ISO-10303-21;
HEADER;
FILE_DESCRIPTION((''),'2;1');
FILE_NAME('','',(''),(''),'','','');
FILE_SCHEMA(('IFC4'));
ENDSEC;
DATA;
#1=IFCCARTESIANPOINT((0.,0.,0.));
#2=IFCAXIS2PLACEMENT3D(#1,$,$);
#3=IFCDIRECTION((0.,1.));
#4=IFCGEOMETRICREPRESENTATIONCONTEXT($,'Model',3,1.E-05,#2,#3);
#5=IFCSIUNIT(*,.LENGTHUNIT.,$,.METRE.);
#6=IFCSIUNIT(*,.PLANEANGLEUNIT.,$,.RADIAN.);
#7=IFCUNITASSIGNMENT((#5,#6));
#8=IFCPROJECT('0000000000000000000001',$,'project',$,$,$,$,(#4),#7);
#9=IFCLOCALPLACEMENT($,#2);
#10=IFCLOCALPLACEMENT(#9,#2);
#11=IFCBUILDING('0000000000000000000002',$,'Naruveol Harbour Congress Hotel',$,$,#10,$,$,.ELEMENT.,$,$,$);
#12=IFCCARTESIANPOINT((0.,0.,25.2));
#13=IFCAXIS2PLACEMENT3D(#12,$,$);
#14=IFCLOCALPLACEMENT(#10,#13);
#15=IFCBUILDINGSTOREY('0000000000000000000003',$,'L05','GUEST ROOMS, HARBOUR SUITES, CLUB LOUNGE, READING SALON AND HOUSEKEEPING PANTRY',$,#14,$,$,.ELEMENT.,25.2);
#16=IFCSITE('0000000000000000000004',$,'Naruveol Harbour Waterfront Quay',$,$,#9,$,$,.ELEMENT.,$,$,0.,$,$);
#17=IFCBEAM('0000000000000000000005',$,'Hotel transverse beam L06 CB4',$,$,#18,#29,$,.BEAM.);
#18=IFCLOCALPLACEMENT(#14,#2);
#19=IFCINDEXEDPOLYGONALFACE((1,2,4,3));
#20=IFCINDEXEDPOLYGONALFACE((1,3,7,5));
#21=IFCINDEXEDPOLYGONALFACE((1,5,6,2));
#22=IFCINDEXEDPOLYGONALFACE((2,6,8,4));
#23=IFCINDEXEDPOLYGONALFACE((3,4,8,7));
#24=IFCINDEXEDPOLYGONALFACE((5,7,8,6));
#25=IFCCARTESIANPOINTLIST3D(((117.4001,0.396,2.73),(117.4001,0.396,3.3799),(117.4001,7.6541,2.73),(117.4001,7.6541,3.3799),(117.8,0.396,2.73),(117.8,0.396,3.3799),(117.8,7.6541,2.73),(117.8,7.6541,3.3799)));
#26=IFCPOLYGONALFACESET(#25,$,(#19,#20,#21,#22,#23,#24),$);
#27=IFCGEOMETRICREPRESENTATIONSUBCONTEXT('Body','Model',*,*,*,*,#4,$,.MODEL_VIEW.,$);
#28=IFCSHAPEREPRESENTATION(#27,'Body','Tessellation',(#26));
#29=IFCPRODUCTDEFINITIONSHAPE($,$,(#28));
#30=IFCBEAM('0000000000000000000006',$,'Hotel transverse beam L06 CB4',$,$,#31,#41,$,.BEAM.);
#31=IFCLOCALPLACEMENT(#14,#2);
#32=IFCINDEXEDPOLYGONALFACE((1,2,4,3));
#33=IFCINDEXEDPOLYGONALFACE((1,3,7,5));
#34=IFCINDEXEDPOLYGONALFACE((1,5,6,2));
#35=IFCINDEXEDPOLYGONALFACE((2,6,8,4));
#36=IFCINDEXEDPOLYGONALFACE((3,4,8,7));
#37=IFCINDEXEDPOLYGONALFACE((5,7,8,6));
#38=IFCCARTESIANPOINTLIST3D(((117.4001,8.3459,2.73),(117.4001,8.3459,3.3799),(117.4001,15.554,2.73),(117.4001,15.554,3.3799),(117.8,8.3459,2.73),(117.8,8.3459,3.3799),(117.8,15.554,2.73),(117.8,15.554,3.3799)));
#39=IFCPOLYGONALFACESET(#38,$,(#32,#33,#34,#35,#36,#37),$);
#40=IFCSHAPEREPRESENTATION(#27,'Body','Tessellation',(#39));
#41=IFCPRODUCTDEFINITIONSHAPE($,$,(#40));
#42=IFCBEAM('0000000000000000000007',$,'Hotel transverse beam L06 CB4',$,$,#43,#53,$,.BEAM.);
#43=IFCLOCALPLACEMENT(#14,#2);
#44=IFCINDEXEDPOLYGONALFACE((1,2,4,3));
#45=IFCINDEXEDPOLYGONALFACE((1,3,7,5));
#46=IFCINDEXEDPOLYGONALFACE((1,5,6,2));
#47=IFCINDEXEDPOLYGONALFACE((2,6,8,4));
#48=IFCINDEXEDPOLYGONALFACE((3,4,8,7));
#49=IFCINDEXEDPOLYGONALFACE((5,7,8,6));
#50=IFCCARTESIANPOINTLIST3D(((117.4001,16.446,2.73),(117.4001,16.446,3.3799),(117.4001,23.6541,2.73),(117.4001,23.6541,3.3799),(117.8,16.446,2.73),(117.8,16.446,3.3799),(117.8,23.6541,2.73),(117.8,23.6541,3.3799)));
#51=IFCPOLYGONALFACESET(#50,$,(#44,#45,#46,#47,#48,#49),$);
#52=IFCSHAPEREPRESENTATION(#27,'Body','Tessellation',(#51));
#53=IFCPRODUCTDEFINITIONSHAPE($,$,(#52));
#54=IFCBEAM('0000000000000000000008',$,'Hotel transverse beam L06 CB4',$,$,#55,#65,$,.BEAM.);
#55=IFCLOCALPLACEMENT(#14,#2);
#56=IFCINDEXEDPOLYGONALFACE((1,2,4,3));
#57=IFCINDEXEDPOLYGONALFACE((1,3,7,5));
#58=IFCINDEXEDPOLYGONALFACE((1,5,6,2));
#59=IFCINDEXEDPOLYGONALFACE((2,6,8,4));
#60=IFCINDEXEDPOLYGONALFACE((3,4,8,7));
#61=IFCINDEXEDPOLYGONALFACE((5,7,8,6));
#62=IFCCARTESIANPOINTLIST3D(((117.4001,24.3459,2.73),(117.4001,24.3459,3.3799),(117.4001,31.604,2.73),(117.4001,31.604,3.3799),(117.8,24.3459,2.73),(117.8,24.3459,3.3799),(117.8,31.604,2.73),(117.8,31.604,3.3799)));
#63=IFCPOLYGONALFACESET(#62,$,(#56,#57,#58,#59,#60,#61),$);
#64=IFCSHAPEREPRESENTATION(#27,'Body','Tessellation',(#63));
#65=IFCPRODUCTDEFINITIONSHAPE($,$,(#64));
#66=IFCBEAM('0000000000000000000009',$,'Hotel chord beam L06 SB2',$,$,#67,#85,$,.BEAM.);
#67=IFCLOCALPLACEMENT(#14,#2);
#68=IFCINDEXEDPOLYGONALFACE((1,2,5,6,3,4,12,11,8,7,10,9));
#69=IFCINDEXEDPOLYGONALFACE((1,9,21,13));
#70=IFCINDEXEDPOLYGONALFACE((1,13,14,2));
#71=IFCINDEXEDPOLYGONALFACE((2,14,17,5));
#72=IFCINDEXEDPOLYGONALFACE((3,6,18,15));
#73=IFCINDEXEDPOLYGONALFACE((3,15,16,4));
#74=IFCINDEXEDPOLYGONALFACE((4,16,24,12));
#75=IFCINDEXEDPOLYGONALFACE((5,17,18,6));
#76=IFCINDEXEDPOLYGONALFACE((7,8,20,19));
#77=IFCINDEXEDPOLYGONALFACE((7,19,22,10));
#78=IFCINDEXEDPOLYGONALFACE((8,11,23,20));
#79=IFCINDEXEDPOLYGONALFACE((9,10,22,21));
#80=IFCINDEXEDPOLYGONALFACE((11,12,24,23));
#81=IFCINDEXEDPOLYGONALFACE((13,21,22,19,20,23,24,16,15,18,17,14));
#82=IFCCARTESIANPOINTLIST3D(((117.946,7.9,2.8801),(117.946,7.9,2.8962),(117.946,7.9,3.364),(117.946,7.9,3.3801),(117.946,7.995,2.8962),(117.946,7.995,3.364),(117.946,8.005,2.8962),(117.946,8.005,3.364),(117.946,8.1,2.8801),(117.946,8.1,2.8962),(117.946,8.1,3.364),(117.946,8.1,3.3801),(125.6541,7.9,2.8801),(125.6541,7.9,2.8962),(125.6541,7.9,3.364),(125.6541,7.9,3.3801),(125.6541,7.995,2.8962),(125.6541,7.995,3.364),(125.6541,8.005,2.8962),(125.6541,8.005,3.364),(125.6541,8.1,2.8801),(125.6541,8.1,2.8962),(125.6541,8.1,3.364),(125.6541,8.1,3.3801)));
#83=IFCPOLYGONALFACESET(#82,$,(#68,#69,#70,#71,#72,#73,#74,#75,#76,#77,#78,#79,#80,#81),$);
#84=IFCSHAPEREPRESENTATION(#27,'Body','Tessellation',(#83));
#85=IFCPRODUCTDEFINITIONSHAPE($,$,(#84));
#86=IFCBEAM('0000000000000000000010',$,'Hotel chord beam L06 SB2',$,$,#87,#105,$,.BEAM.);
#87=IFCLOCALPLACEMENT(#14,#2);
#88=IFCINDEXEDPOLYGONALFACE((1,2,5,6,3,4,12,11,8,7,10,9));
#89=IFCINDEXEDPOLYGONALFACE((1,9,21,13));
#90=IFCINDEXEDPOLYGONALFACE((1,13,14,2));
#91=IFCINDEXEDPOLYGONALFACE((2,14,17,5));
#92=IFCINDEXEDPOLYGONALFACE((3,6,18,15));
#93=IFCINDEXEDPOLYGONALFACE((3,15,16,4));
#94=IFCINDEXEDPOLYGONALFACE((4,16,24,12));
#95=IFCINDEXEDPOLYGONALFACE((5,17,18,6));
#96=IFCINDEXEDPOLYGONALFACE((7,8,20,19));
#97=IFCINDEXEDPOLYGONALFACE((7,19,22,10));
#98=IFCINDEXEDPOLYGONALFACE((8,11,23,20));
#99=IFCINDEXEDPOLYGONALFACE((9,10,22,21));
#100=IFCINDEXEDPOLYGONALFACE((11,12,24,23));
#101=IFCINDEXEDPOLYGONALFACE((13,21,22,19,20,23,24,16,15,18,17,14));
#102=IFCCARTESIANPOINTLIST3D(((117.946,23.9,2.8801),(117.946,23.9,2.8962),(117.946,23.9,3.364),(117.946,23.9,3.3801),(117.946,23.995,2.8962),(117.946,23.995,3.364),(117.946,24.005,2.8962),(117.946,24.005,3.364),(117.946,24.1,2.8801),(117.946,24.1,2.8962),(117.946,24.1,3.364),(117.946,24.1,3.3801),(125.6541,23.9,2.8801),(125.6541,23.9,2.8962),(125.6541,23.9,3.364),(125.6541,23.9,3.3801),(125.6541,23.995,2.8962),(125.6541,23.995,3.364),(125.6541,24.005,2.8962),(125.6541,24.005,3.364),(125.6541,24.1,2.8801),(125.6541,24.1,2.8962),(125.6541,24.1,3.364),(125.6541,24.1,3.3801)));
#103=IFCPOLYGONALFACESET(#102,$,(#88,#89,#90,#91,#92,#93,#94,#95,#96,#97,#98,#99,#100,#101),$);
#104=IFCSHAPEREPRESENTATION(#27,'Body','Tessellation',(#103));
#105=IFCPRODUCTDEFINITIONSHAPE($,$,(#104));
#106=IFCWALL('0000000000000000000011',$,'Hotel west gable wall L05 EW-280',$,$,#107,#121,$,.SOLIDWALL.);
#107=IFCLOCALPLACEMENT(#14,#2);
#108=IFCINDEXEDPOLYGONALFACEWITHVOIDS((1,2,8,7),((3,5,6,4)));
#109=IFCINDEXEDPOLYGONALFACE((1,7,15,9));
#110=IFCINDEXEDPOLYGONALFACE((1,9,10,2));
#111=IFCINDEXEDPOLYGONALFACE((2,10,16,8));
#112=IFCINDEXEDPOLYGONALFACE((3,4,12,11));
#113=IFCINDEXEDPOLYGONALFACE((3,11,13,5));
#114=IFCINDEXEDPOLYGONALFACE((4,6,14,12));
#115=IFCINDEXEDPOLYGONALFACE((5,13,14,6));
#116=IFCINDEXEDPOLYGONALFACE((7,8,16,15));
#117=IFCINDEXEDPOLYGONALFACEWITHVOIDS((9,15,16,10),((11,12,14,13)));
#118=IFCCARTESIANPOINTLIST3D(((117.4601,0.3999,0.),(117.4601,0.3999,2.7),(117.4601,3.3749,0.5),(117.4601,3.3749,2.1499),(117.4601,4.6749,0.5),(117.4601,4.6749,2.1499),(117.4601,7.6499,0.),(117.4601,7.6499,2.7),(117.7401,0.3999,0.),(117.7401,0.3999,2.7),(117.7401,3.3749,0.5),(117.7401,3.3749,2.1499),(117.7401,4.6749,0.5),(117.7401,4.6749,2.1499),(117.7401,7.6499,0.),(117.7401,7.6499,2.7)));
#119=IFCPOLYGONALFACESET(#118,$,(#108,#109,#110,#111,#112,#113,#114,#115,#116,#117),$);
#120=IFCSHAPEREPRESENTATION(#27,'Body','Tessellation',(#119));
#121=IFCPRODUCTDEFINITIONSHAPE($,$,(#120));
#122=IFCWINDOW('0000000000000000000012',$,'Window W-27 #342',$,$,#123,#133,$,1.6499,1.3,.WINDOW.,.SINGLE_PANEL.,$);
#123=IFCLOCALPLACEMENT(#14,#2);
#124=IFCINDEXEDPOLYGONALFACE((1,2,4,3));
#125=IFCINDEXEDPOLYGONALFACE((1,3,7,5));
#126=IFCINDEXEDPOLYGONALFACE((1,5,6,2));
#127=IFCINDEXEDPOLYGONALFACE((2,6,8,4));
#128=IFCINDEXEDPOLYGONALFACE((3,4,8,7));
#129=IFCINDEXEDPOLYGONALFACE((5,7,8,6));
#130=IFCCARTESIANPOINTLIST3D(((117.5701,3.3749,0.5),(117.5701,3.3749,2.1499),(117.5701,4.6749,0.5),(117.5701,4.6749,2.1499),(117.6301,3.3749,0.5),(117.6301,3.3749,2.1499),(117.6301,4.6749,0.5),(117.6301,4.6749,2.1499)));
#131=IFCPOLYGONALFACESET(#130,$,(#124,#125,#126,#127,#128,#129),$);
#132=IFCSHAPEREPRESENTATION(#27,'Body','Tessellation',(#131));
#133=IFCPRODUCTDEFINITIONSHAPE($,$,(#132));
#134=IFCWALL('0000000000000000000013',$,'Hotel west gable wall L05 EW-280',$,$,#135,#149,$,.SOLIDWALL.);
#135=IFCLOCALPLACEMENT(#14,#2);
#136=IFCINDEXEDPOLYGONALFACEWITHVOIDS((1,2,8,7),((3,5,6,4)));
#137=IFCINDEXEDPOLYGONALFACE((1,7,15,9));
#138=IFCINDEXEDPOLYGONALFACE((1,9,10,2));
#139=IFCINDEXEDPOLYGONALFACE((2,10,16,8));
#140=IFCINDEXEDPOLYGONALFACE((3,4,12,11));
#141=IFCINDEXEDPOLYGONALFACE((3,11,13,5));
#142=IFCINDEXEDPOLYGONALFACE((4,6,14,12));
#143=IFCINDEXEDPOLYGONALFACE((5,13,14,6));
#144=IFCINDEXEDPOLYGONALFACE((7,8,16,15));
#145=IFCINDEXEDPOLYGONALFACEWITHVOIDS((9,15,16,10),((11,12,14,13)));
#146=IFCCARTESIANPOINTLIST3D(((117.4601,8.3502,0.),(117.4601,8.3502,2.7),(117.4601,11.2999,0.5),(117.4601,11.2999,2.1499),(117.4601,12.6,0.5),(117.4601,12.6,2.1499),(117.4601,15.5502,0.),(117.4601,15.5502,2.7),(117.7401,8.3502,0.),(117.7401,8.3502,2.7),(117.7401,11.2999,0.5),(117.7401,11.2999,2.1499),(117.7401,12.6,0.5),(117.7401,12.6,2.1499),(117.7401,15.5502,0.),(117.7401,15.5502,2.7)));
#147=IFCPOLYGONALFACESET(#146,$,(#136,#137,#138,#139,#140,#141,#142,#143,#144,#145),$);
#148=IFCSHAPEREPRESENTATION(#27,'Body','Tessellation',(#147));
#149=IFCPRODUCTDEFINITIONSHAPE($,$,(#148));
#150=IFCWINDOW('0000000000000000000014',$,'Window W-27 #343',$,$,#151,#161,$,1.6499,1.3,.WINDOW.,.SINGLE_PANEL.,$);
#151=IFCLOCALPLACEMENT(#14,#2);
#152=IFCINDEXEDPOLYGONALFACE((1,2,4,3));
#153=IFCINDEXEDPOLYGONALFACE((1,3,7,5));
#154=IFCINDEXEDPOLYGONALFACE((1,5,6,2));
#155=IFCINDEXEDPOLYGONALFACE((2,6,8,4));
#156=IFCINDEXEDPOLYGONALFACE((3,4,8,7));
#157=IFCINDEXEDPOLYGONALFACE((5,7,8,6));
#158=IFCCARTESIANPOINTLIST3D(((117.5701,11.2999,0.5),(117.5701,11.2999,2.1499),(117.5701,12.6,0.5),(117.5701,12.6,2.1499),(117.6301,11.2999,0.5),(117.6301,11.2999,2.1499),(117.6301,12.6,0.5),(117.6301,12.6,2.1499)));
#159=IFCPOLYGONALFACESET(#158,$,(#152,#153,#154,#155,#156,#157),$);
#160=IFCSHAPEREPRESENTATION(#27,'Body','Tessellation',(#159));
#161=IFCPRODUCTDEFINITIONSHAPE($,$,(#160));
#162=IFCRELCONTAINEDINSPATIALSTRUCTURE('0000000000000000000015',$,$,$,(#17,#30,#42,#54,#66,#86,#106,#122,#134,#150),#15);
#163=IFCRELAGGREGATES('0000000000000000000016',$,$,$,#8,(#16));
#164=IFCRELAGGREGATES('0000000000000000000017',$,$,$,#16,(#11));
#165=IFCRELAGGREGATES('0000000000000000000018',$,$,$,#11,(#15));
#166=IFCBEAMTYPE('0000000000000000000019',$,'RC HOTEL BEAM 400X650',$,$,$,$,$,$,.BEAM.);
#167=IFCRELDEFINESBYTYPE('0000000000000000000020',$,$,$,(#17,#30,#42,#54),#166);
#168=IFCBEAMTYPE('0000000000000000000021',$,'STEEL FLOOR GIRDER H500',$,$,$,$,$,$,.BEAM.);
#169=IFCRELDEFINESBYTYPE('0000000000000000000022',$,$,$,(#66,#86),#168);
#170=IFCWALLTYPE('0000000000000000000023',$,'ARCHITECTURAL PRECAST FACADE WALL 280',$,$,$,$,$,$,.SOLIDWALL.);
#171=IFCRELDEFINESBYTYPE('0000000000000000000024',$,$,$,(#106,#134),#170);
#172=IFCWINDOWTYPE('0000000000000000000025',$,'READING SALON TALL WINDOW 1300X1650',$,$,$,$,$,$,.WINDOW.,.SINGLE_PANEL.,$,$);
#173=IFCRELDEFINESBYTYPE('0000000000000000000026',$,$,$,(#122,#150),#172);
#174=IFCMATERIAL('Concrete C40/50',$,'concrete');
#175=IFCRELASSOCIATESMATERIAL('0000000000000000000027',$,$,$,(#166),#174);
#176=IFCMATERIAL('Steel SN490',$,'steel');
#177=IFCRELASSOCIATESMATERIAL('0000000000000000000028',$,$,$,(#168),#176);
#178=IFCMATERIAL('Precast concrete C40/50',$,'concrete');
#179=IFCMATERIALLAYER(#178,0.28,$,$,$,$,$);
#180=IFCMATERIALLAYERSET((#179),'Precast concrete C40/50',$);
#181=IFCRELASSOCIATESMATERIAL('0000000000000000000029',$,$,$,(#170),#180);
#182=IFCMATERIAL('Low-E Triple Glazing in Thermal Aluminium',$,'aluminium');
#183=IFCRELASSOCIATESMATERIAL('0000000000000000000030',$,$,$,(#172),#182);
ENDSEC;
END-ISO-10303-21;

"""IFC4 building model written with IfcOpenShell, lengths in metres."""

from ifc_helpers import new_model, si_unit, direction, frame, frame_2d, origin, origin_2d, place, context, subcontext, project, spatial, rectangle, i_section, extrude, material, layer, layer_set, material_profile, profile_set, type_object, element, fill, save


model = new_model("IFC4")

# Units and contexts
model_context = context("Model", 3, precision=1e-05, world=origin(), true_north=direction((0.0, 1.0)))
body_context = subcontext(model_context, "Body", "Model", "MODEL_VIEW")
ifc_project = project(units=[si_unit("LENGTHUNIT", "METRE"), si_unit("PLANEANGLEUNIT", "RADIAN")], contexts=[model_context])

# Site, building, storey
site_placement = place(None, origin())
site = spatial("IfcSite", under=ifc_project, at=site_placement, Name="Naruveol Harbour Waterfront Quay", CompositionType="ELEMENT", RefElevation=0.0)
building_placement = place(site_placement, origin())
building = spatial("IfcBuilding", under=site, at=building_placement, Name="Naruveol Harbour Congress Hotel", CompositionType="ELEMENT")
storey_placement = place(building_placement, frame((0.0, 0.0, 25.2)))
storey = spatial("IfcBuildingStorey", under=building, at=storey_placement, Name="L05", Description="GUEST ROOMS, HARBOUR SUITES, CLUB LOUNGE, READING SALON AND HOUSEKEEPING PANTRY", CompositionType="ELEMENT", Elevation=25.2)

# Beams
ifc_material_1 = material(Name="Concrete C40/50", Category="concrete")
ifc_material_profile_1 = material_profile(ifc_material_1, rectangle(XDim=0.3999, YDim=0.6499, at=origin_2d()), Name="RCB-400x650")
ifc_profile_set_1 = profile_set([ifc_material_profile_1], Name="Concrete C40/50")
beam_type_1 = type_object("IfcBeamType", Name="RC HOTEL BEAM 400X650", PredefinedType="BEAM", material=ifc_profile_set_1)
beam_1_placement = place(storey_placement, frame((117.6001, 0.396, 3.0549), z_axis=(0.0, 1.0, 0.0), x_axis=(-1.0, 0.0, 0.0)))
element("IfcBeam", 1, at=beam_1_placement, inside=storey, type_object=beam_type_1, Name="Hotel transverse beam L06 CB4", PredefinedType="BEAM", context=body_context, shape_type="SweptSolid", body=[
    extrude(rectangle(XDim=0.3999, YDim=0.6499, at=origin_2d()), origin(), (0.0, 0.0, 1.0), 7.2581),
])
for number, where, z_axis, x_axis, name in (
    (2, (117.6001, 8.3459, 3.0549), (0.0, 1.0, 0.0), (-1.0, 0.0, 0.0), "Hotel transverse beam L06 CB4"),
    (3, (117.6001, 16.446, 3.0549), (0.0, 1.0, 0.0), (-1.0, 0.0, 0.0), "Hotel transverse beam L06 CB4"),
):
    element("IfcBeam", number, at=place(storey_placement, frame(where, z_axis=z_axis, x_axis=x_axis)), inside=storey, type_object=beam_type_1, Name=name, PredefinedType="BEAM", context=body_context, shape_type="SweptSolid", body=[
        extrude(rectangle(XDim=0.3999, YDim=0.6499, at=origin_2d()), origin(), (0.0, 0.0, 1.0), 7.208),
    ])
beam_2_placement = place(storey_placement, frame((117.6001, 24.3459, 3.0549), z_axis=(0.0, 1.0, 0.0), x_axis=(-1.0, 0.0, 0.0)))
element("IfcBeam", 4, at=beam_2_placement, inside=storey, type_object=beam_type_1, Name="Hotel transverse beam L06 CB4", PredefinedType="BEAM", context=body_context, shape_type="SweptSolid", body=[
    extrude(rectangle(XDim=0.3999, YDim=0.6499, at=origin_2d()), origin(), (0.0, 0.0, 1.0), 7.2581),
])
ifc_material_2 = material(Name="Steel SN490", Category="steel")
ifc_material_profile_2 = material_profile(ifc_material_2, i_section(OverallWidth=0.2, OverallDepth=0.5, WebThickness=0.01, FlangeThickness=0.0161, at=origin_2d()), Name="H-500x200x10x16")
ifc_profile_set_2 = profile_set([ifc_material_profile_2], Name="Steel SN490")
beam_type_2 = type_object("IfcBeamType", Name="STEEL FLOOR GIRDER H500", PredefinedType="BEAM", material=ifc_profile_set_2)
for number, where, z_axis, x_axis, name in (
    (5, (117.946, 8.0, 3.1301), (1.0, 0.0, 0.0), (0.0, 1.0, 0.0), "Hotel chord beam L06 SB2"),
    (6, (117.946, 24.0, 3.1301), (1.0, 0.0, 0.0), (0.0, 1.0, 0.0), "Hotel chord beam L06 SB2"),
):
    element("IfcBeam", number, at=place(storey_placement, frame(where, z_axis=z_axis, x_axis=x_axis)), inside=storey, type_object=beam_type_2, Name=name, PredefinedType="BEAM", context=body_context, shape_type="SweptSolid", body=[
        extrude(i_section(OverallWidth=0.2, OverallDepth=0.5, WebThickness=0.01, FlangeThickness=0.0161, at=origin_2d()), origin(), (0.0, 0.0, 1.0), 7.708),
    ])

# Walls, openings, windows
ifc_material_3 = material(Name="Precast concrete C40/50", Category="concrete")
ifc_layer_1 = layer(ifc_material_3, 0.28)
ifc_layer_set_1 = layer_set([ifc_layer_1], Name="Precast concrete C40/50")
wall_type_1 = type_object("IfcWallType", Name="ARCHITECTURAL PRECAST FACADE WALL 280", PredefinedType="SOLIDWALL", material=ifc_layer_set_1)
wall_1_placement = place(storey_placement, frame((117.6001, 0.3999, 0.0), z_axis=(0.0, 0.0, 1.0), x_axis=(0.0, 1.0, 0.0)))
wall_1 = element("IfcWall", 7, at=wall_1_placement, inside=storey, type_object=wall_type_1, Name="Hotel west gable wall L05 EW-280", PredefinedType="SOLIDWALL", context=body_context, shape_type="SweptSolid", body=[
    extrude(rectangle(XDim=7.25, YDim=0.28, at=frame_2d((3.625, 0.0))), origin(), (0.0, 0.0, 1.0), 2.7),
])
opening_1_placement = place(wall_1_placement, frame((2.9751, 0.0, 0.5)))
opening_1 = element("IfcOpeningElement", 8, at=opening_1_placement, cuts=wall_1, PredefinedType="OPENING", context=body_context, shape_type="SweptSolid", body=[
    extrude(rectangle(XDim=1.3, YDim=1.6499, at=frame_2d((0.6499, 0.825))), frame((0.0, 0.1499, 0.0), z_axis=(0.0, -1.0, 0.0), x_axis=(1.0, 0.0, 0.0)), (0.0, 0.0, 1.0), 0.3),
])
ifc_material_4 = material(Name="Low-E Triple Glazing in Thermal Aluminium", Category="aluminium")
window_type = type_object("IfcWindowType", Name="READING SALON TALL WINDOW 1300X1650", PartitioningType="SINGLE_PANEL", PredefinedType="WINDOW", material=ifc_material_4)
window_1_placement = place(opening_1_placement, origin())
window_1 = element("IfcWindow", 9, at=window_1_placement, inside=storey, type_object=window_type, Name="Window W-27 #342", OverallHeight=1.6499, OverallWidth=1.3, PartitioningType="SINGLE_PANEL", PredefinedType="WINDOW", context=body_context, shape_type="SweptSolid", body=[
    extrude(rectangle(XDim=1.3, YDim=1.6499, at=frame_2d((0.6499, 0.825))), frame((0.0, 0.03, 0.0), z_axis=(0.0, -1.0, 0.0), x_axis=(1.0, 0.0, 0.0)), (0.0, 0.0, 1.0), 0.0601),
])
fill(opening_1, window_1)
wall_2_placement = place(storey_placement, frame((117.6001, 8.3501, 0.0), z_axis=(0.0, 0.0, 1.0), x_axis=(0.0, 1.0, 0.0)))
wall_2 = element("IfcWall", 10, at=wall_2_placement, inside=storey, type_object=wall_type_1, Name="Hotel west gable wall L05 EW-280", PredefinedType="SOLIDWALL", context=body_context, shape_type="SweptSolid", body=[
    extrude(rectangle(XDim=7.2, YDim=0.28, at=frame_2d((3.6001, 0.0))), origin(), (0.0, 0.0, 1.0), 2.7),
])
opening_2_placement = place(wall_2_placement, frame((2.95, 0.0, 0.5)))
opening_2 = element("IfcOpeningElement", 11, at=opening_2_placement, cuts=wall_2, PredefinedType="OPENING", context=body_context, shape_type="SweptSolid", body=[
    extrude(rectangle(XDim=1.3, YDim=1.6499, at=frame_2d((0.6499, 0.825))), frame((0.0, 0.1499, 0.0), z_axis=(0.0, -1.0, 0.0), x_axis=(1.0, 0.0, 0.0)), (0.0, 0.0, 1.0), 0.3),
])
window_2_placement = place(opening_2_placement, origin())
window_2 = element("IfcWindow", 12, at=window_2_placement, inside=storey, type_object=window_type, Name="Window W-27 #343", OverallHeight=1.6499, OverallWidth=1.3, PartitioningType="SINGLE_PANEL", PredefinedType="WINDOW", context=body_context, shape_type="SweptSolid", body=[
    extrude(rectangle(XDim=1.3, YDim=1.6499, at=frame_2d((0.6499, 0.825))), frame((0.0, 0.03, 0.0), z_axis=(0.0, -1.0, 0.0), x_axis=(1.0, 0.0, 0.0)), (0.0, 0.0, 1.0), 0.0601),
])
fill(opening_2, window_2)

save(model, "model.ifc")
